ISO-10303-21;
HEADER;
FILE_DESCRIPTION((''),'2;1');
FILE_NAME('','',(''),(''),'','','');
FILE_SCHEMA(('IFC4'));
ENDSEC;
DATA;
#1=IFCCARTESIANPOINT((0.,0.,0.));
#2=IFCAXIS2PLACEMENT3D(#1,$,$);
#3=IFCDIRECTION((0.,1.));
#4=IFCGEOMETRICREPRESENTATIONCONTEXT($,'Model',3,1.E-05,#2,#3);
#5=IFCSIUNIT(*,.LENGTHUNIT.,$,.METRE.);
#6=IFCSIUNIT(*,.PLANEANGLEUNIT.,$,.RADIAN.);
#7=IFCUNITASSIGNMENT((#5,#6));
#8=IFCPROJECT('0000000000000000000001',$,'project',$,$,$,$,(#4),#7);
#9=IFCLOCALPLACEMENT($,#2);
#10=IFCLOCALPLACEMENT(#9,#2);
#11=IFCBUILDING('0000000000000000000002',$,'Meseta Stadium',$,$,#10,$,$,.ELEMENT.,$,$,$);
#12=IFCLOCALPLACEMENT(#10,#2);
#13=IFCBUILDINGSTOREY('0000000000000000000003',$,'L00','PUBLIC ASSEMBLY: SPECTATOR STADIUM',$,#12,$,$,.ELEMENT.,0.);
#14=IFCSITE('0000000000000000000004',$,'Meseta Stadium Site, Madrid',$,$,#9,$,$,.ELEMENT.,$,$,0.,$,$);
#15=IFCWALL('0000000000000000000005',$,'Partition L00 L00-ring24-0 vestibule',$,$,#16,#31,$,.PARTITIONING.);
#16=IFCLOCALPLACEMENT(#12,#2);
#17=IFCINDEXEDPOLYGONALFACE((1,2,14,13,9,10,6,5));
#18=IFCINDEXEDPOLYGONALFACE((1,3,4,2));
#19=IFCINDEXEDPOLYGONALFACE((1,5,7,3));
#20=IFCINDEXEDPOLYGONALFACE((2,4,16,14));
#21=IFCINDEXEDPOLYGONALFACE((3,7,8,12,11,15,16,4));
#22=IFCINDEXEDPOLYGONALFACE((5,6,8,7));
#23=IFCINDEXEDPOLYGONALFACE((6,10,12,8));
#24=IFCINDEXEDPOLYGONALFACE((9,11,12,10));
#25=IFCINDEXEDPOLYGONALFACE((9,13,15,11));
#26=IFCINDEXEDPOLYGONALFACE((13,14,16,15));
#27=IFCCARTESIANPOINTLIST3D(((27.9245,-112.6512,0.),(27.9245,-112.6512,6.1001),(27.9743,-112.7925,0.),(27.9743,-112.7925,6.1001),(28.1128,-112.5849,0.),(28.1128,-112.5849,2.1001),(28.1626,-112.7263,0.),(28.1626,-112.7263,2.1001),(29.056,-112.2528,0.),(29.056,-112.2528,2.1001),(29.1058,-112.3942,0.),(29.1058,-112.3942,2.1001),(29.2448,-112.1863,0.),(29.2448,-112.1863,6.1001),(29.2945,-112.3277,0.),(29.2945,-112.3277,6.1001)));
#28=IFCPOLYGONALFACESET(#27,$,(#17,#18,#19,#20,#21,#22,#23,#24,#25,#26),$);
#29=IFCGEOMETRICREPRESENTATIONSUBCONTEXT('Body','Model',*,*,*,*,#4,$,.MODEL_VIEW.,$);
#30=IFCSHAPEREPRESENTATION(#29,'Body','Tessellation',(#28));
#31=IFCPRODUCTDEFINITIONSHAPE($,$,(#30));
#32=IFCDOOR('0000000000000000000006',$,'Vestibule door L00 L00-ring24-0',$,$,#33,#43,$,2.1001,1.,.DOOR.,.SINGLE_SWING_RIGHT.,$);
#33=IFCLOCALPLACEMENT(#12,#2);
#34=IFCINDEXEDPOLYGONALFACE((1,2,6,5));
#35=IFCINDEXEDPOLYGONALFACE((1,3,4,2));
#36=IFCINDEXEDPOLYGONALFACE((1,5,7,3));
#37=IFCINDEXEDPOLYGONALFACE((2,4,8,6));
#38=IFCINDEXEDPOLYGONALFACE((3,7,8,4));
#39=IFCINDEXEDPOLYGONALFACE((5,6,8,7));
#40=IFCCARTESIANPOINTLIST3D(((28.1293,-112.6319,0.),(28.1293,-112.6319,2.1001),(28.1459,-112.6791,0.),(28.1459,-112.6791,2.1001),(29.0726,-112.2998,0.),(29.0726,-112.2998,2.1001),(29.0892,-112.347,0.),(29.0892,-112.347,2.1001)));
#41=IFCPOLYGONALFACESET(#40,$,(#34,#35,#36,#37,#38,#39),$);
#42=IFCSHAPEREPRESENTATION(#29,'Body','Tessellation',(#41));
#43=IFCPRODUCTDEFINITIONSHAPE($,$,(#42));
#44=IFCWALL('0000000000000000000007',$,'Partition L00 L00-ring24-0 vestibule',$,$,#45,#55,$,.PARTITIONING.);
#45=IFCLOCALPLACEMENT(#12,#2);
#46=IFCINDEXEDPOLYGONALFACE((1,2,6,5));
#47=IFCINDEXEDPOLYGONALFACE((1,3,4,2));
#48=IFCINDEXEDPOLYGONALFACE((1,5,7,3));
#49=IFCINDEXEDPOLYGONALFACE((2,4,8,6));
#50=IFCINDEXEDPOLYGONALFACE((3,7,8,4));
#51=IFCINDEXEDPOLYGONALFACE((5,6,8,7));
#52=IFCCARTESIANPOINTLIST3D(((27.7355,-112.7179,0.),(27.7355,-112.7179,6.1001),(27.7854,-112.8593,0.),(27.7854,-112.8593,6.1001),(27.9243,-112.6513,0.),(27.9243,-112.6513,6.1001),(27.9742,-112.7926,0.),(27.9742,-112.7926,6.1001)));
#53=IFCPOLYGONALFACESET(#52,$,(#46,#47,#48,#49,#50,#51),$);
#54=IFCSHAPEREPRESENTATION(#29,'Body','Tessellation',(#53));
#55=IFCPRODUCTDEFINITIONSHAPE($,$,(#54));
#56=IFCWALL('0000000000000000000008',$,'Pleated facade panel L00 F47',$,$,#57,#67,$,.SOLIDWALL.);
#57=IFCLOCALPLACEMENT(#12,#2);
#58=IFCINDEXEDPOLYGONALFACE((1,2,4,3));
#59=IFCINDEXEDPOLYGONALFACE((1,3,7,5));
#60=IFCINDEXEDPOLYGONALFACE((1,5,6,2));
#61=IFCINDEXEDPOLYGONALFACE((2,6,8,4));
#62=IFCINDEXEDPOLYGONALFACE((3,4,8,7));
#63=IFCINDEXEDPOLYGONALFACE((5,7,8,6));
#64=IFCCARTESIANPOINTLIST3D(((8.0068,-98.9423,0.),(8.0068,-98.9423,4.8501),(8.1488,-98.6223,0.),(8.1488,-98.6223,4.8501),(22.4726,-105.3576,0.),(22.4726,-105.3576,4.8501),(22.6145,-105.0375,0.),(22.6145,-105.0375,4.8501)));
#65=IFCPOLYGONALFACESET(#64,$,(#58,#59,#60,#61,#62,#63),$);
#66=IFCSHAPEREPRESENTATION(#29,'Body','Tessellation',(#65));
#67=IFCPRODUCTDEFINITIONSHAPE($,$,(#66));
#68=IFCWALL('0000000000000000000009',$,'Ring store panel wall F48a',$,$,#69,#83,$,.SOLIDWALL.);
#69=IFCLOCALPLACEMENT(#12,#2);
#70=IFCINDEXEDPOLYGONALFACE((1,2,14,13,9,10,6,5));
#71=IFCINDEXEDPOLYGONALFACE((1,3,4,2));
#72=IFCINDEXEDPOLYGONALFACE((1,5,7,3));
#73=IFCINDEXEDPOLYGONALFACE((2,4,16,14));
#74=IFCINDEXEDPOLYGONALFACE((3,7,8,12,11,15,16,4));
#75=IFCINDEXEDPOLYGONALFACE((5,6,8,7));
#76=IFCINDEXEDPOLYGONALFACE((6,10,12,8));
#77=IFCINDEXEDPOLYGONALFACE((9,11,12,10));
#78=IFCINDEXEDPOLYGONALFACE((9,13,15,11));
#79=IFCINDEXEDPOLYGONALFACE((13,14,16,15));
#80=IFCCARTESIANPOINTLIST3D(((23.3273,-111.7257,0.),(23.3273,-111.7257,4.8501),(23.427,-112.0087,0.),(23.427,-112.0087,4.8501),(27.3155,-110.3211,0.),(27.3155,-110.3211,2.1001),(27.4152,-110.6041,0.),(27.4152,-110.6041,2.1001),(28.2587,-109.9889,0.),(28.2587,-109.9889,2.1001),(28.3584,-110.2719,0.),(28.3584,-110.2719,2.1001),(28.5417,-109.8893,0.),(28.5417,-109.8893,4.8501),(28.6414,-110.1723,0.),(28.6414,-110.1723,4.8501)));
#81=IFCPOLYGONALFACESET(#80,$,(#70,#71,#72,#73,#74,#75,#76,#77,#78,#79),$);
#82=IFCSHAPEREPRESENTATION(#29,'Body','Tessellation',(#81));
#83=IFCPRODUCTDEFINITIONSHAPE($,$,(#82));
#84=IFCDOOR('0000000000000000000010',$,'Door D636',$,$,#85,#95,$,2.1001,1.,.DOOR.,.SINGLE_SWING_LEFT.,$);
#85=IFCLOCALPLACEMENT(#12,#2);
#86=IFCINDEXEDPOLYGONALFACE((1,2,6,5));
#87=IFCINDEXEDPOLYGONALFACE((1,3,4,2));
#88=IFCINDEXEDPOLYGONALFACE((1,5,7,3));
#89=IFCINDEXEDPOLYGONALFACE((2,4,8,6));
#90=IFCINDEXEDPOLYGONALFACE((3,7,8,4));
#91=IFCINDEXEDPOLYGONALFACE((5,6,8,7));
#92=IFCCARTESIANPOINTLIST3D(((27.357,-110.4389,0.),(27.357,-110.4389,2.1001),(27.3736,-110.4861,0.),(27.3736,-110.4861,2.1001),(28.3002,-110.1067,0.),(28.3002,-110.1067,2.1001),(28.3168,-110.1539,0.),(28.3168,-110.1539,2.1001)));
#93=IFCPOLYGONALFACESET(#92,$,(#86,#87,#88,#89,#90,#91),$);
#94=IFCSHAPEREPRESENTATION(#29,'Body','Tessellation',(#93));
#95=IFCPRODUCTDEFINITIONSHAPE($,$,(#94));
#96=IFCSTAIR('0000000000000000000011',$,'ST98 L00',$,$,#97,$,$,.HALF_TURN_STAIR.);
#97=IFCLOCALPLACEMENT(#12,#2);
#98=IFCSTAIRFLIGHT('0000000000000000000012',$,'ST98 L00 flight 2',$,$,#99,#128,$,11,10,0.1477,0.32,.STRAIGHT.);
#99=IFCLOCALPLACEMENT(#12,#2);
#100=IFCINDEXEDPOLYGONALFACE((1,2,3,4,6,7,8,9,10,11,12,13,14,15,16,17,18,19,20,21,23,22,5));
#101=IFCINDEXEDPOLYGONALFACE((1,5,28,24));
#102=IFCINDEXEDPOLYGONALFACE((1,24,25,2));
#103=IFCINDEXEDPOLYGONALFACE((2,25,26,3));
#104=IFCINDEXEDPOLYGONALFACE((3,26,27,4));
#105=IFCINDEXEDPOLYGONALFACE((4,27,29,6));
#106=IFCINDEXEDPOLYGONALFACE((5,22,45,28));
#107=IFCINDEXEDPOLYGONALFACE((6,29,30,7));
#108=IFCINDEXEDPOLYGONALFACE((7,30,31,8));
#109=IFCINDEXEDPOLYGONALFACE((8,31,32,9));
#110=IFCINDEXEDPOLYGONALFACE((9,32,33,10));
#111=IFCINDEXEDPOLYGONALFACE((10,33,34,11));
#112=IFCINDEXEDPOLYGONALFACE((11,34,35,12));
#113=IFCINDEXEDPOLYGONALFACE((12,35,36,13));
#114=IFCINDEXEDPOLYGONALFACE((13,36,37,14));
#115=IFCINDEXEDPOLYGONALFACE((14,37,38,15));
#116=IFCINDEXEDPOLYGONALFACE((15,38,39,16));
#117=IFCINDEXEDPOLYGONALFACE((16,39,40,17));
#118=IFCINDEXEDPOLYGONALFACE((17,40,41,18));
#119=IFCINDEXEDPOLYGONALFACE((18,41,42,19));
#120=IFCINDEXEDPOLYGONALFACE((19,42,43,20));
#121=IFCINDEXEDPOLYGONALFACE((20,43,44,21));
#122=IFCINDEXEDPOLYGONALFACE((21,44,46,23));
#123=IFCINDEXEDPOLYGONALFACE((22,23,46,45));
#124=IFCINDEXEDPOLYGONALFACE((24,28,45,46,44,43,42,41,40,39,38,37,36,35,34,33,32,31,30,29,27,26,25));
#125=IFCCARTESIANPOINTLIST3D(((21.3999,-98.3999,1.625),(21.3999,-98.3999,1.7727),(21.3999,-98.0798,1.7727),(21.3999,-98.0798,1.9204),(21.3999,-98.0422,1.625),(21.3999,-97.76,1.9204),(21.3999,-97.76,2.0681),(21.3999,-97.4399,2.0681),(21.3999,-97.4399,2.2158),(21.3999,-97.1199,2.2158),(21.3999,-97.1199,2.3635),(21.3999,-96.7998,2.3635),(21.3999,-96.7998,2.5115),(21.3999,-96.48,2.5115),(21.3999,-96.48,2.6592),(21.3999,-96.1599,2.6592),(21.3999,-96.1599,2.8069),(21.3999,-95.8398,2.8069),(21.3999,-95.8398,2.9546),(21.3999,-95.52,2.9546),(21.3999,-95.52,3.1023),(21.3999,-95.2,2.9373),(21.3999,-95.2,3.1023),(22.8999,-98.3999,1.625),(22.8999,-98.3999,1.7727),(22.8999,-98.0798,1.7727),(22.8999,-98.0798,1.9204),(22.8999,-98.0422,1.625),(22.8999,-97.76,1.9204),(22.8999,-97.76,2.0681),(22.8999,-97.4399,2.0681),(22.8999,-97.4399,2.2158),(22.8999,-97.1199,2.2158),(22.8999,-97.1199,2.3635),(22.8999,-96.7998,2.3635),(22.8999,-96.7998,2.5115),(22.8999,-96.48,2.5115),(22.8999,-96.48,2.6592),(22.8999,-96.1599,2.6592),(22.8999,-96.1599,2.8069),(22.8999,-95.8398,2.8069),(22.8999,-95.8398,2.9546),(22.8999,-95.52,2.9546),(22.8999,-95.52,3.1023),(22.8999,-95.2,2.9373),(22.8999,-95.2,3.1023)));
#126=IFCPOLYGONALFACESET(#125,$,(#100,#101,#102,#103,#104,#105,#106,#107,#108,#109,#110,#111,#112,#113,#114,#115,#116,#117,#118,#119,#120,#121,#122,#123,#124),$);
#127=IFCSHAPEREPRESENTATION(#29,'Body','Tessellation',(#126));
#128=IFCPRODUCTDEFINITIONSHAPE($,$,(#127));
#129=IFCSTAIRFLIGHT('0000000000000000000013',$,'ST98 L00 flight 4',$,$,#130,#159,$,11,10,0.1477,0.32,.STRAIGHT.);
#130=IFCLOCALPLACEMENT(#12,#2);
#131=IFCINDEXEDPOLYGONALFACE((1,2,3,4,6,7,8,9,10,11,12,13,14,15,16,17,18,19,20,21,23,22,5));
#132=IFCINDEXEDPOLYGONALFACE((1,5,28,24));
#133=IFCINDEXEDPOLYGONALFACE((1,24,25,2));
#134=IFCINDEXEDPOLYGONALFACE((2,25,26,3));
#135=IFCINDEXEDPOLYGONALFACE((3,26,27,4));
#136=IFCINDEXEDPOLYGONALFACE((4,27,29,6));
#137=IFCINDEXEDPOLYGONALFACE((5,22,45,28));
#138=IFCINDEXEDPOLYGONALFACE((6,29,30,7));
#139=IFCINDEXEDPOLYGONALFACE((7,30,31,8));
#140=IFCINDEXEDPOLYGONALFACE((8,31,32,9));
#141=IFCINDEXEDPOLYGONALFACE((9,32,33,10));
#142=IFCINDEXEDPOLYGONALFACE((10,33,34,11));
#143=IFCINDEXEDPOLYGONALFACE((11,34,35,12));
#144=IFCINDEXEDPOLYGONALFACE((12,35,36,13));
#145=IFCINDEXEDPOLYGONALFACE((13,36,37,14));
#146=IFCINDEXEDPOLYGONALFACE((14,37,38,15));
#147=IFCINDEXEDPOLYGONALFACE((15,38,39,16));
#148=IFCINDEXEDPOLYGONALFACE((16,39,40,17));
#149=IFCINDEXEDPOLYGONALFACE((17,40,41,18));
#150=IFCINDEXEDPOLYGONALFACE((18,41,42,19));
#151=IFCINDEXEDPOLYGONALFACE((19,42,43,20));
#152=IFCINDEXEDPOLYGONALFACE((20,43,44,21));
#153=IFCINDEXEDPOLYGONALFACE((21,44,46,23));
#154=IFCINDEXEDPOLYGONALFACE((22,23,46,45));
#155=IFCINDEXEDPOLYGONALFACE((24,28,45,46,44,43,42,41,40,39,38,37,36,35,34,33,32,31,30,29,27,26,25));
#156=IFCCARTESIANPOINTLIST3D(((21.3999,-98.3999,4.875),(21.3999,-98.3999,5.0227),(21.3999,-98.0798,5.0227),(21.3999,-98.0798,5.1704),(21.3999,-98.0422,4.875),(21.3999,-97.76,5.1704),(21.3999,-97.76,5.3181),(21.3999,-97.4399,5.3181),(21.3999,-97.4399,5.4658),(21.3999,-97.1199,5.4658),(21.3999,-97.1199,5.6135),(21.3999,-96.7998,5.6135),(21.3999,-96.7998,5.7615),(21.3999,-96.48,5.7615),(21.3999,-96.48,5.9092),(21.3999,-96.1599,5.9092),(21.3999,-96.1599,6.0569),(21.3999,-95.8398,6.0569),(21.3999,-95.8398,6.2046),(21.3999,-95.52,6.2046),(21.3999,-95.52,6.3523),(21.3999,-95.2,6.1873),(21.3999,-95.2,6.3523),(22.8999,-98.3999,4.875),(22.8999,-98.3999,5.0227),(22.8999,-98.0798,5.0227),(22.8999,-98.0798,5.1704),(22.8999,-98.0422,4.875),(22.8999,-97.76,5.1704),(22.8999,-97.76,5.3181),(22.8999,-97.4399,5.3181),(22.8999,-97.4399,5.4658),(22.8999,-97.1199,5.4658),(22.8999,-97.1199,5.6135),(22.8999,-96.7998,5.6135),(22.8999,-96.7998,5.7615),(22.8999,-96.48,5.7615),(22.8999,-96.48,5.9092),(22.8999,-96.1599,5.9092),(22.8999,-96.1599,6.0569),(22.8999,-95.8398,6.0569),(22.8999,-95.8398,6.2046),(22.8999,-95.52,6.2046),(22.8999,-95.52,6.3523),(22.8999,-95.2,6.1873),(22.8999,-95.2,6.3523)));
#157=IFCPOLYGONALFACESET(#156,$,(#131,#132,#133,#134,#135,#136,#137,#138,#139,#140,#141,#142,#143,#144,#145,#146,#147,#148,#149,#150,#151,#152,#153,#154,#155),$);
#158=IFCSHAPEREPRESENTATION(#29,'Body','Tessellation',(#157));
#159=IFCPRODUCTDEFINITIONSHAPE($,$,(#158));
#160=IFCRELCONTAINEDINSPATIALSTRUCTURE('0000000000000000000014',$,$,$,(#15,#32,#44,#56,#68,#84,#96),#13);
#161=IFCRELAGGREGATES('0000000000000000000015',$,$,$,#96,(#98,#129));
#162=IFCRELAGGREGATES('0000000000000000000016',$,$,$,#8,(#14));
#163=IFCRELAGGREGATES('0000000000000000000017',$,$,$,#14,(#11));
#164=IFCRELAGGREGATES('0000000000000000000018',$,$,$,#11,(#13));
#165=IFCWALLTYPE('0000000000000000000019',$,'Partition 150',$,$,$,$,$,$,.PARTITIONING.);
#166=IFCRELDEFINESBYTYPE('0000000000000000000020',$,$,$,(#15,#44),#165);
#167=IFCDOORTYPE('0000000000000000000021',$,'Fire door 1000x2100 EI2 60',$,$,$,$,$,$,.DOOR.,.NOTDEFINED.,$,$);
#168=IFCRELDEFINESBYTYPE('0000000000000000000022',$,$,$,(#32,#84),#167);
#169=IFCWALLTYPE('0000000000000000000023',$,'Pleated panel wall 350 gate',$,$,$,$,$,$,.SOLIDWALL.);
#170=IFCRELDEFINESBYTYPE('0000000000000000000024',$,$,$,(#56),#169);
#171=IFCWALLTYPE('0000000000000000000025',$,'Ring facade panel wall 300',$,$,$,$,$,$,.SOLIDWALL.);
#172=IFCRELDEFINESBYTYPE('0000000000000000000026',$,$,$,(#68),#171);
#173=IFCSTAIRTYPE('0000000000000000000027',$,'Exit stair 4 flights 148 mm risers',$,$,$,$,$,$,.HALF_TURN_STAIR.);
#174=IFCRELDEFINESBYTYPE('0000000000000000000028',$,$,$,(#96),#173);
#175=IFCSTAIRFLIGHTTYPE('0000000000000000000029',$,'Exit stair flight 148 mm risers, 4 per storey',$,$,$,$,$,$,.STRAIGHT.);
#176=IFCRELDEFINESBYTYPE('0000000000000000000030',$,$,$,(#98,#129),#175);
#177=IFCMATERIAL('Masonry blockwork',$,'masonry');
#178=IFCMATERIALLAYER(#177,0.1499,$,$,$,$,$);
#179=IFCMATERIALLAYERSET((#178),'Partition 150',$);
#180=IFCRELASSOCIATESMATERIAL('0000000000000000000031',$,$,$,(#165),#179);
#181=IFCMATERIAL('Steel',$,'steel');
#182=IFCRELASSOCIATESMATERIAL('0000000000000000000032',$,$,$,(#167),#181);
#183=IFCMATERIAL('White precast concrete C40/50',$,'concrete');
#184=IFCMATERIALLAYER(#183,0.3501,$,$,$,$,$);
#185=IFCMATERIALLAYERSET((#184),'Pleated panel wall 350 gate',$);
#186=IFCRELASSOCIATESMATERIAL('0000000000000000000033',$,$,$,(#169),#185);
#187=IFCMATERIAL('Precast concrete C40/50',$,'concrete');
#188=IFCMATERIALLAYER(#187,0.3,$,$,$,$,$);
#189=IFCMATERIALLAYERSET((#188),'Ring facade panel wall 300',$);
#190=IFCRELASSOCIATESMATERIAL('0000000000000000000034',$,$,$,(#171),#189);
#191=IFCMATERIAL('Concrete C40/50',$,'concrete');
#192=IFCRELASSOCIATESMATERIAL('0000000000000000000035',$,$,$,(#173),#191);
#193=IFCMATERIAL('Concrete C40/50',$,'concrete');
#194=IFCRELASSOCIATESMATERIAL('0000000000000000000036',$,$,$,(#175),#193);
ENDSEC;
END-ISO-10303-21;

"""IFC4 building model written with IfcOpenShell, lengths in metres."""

from ifc_helpers import new_model, si_unit, direction, frame, frame_2d, origin, place, context, subcontext, project, spatial, polyline, rectangle, outline, extrude, material, layer, layer_set, type_object, element, fill, aggregate, save


model = new_model("IFC4")

# Units and contexts
model_context = context("Model", 3, precision=1e-05, world=origin(), true_north=direction((0.0, 1.0)))
body_context = subcontext(model_context, "Body", "Model", "MODEL_VIEW")
ifc_project = project(units=[si_unit("LENGTHUNIT", "METRE"), si_unit("PLANEANGLEUNIT", "RADIAN")], contexts=[model_context])

# Site, building, storey
site_placement = place(None, origin())
site = spatial("IfcSite", under=ifc_project, at=site_placement, Name="Meseta Stadium Site, Madrid", CompositionType="ELEMENT", RefElevation=0.0)
building_placement = place(site_placement, origin())
building = spatial("IfcBuilding", under=site, at=building_placement, Name="Meseta Stadium", CompositionType="ELEMENT")
storey_placement = place(building_placement, origin())
storey = spatial("IfcBuildingStorey", under=building, at=storey_placement, Name="L00", Description="PUBLIC ASSEMBLY: SPECTATOR STADIUM", CompositionType="ELEMENT", Elevation=0.0)

# Shared definitions
ifc_material_1 = material(Name="Masonry blockwork", Category="masonry")
ifc_layer_1 = layer(ifc_material_1, 0.1499)
ifc_layer_set_1 = layer_set([ifc_layer_1], Name="Partition 150")
wall_type_1 = type_object("IfcWallType", Name="Partition 150", PredefinedType="PARTITIONING", material=ifc_layer_set_1)

# Wall, opening, door
wall_1_placement = place(storey_placement, frame((29.2695, -112.2571, 0.0), z_axis=(0.0, 0.0, 1.0), x_axis=(-0.943248, -0.33209, 0.0)))
wall_1 = element("IfcWall", 1, at=wall_1_placement, inside=storey, type_object=wall_type_1, Name="Partition L00 L00-ring24-0 vestibule", PredefinedType="PARTITIONING", context=body_context, shape_type="SweptSolid", body=[
    extrude(rectangle(XDim=1.3997, YDim=0.1499, at=frame_2d((0.6997, 0.0))), origin(), (0.0, 0.0, 1.0), 6.1001),
])
opening_1_placement = place(wall_1_placement, frame((0.2, 0.0, 0.0)))
opening_1 = element("IfcOpeningElement", 2, at=opening_1_placement, cuts=wall_1, PredefinedType="OPENING", context=body_context, shape_type="SweptSolid", body=[
    extrude(rectangle(XDim=1.0, YDim=2.1001, at=frame_2d((0.5, 1.05))), frame((0.0, 0.085, 0.0), z_axis=(0.0, -1.0, 0.0), x_axis=(1.0, 0.0, 0.0)), (0.0, 0.0, 1.0), 0.1699),
])
ifc_material_2 = material(Name="Steel", Category="steel")
door_type = type_object("IfcDoorType", Name="Fire door 1000x2100 EI2 60", OperationType="NOTDEFINED", PredefinedType="DOOR", material=ifc_material_2)
door_1_placement = place(opening_1_placement, origin())
door_1 = element("IfcDoor", 3, at=door_1_placement, inside=storey, type_object=door_type, Name="Vestibule door L00 L00-ring24-0", OperationType="SINGLE_SWING_RIGHT", OverallHeight=2.1001, OverallWidth=1.0, PredefinedType="DOOR", context=body_context, shape_type="SweptSolid", body=[
    extrude(rectangle(XDim=1.0, YDim=2.1001, at=frame_2d((0.5, 1.05))), frame((0.0, 0.0249, 0.0), z_axis=(0.0, -1.0, 0.0), x_axis=(1.0, 0.0, 0.0)), (0.0, 0.0, 1.0), 0.05),
])
fill(opening_1, door_1)

# Walls
wall_2_placement = place(storey_placement, frame((27.9492, -112.7219, 0.0), z_axis=(0.0, 0.0, 1.0), x_axis=(-0.942923, -0.333012, 0.0)))
element("IfcWall", 4, at=wall_2_placement, inside=storey, type_object=wall_type_1, Name="Partition L00 L00-ring24-0 vestibule", PredefinedType="PARTITIONING", context=body_context, shape_type="SweptSolid", body=[
    extrude(rectangle(XDim=0.2002, YDim=0.1499, at=frame_2d((0.1001, 0.0))), origin(), (0.0, 0.0, 1.0), 6.1001),
])
ifc_material_3 = material(Name="White precast concrete C40/50", Category="concrete")
ifc_layer_2 = layer(ifc_material_3, 0.3501)
ifc_layer_set_2 = layer_set([ifc_layer_2], Name="Pleated panel wall 350 gate")
wall_type_2 = type_object("IfcWallType", Name="Pleated panel wall 350 gate", PredefinedType="SOLIDWALL", material=ifc_layer_set_2)
wall_3_placement = place(storey_placement, frame((22.5435, -105.1975, 0.0), z_axis=(0.0, 0.0, 1.0), x_axis=(-0.914139, 0.405401, 0.0)))
element("IfcWall", 5, at=wall_3_placement, inside=storey, type_object=wall_type_2, Name="Pleated facade panel L00 F47", PredefinedType="SOLIDWALL", context=body_context, shape_type="SweptSolid", body=[
    extrude(rectangle(XDim=15.8245, YDim=0.3501, at=frame_2d((7.9121, 0.0))), origin(), (0.0, 0.0, 1.0), 4.8501),
])

# Wall, opening, door
ifc_material_4 = material(Name="Precast concrete C40/50", Category="concrete")
ifc_layer_3 = layer(ifc_material_4, 0.3)
ifc_layer_set_3 = layer_set([ifc_layer_3], Name="Ring facade panel wall 300")
wall_type_3 = type_object("IfcWallType", Name="Ring facade panel wall 300", PredefinedType="SOLIDWALL", material=ifc_layer_set_3)
wall_4_placement = place(storey_placement, frame((28.5916, -110.0308, 0.0), z_axis=(0.0, 0.0, 1.0), x_axis=(-0.943214, -0.332187, 0.0)))
wall_4 = element("IfcWall", 6, at=wall_4_placement, inside=storey, type_object=wall_type_3, Name="Ring store panel wall F48a", PredefinedType="SOLIDWALL", context=body_context, shape_type="SweptSolid", body=[
    extrude(rectangle(XDim=5.5283, YDim=0.3, at=frame_2d((2.7642, 0.0))), origin(), (0.0, 0.0, 1.0), 4.8501),
])
opening_2_placement = place(wall_4_placement, frame((0.3, 0.0, 0.0)))
opening_2 = element("IfcOpeningElement", 7, at=opening_2_placement, cuts=wall_4, PredefinedType="OPENING", context=body_context, shape_type="SweptSolid", body=[
    extrude(rectangle(XDim=1.0, YDim=2.1001, at=frame_2d((0.5, 1.05))), frame((0.0, 0.1599, 0.0), z_axis=(0.0, -1.0, 0.0), x_axis=(1.0, 0.0, 0.0)), (0.0, 0.0, 1.0), 0.3201),
])
door_2_placement = place(opening_2_placement, origin())
door_2 = element("IfcDoor", 8, at=door_2_placement, inside=storey, type_object=door_type, Name="Door D636", OperationType="SINGLE_SWING_LEFT", OverallHeight=2.1001, OverallWidth=1.0, PredefinedType="DOOR", context=body_context, shape_type="SweptSolid", body=[
    extrude(rectangle(XDim=1.0, YDim=2.1001, at=frame_2d((0.5, 1.05))), frame((0.0, 0.0249, 0.0), z_axis=(0.0, -1.0, 0.0), x_axis=(1.0, 0.0, 0.0)), (0.0, 0.0, 1.0), 0.05),
])
fill(opening_2, door_2)

# Stair, stair flights
ifc_material_5 = material(Name="Concrete C40/50", Category="concrete")
stair_type = type_object("IfcStairType", Name="Exit stair 4 flights 148 mm risers", PredefinedType="HALF_TURN_STAIR", material=ifc_material_5)
stair_placement = place(storey_placement, origin())
stair = element("IfcStair", 9, at=stair_placement, inside=storey, type_object=stair_type, Name="ST98 L00", PredefinedType="HALF_TURN_STAIR")
ifc_material_6 = material(Name="Concrete C40/50", Category="concrete")
stair_flight_type = type_object("IfcStairFlightType", Name="Exit stair flight 148 mm risers, 4 per storey", PredefinedType="STRAIGHT", material=ifc_material_6)
stair_flight_1_placement = place(storey_placement, frame((22.1499, -98.3999, 1.625), z_axis=(0.0, 0.0, 1.0), x_axis=(0.0, 1.0, 0.0)))
stair_flight_1 = element("IfcStairFlight", 10, at=stair_flight_1_placement, type_object=stair_flight_type, Name="ST98 L00 flight 2", NumberOfRisers=11, NumberOfTreads=10, PredefinedType="STRAIGHT", RiserHeight=0.1477, TreadLength=0.32, context=body_context, shape_type="SweptSolid", body=[
    extrude(outline(polyline([(0.0, 0.0), (0.0, 0.1477), (0.3201, 0.1477), (0.3201, 0.2954), (0.6399, 0.2954), (0.6399, 0.4431), (0.96, 0.4431), (0.96, 0.5908), (1.28, 0.5908), (1.28, 0.7385), (1.6001, 0.7385), (1.6001, 0.8865), (1.9199, 0.8865), (1.9199, 1.0342), (2.24, 1.0342), (2.24, 1.1819), (2.5601, 1.1819), (2.5601, 1.3296), (2.8799, 1.3296), (2.8799, 1.4773), (3.2, 1.4773), (3.2, 1.3123), (0.3577, 0.0), (0.0, 0.0)])), frame((0.0, 0.75, 0.0), z_axis=(0.0, -1.0, 0.0), x_axis=(1.0, 0.0, 0.0)), (0.0, 0.0, 1.0), 1.5),
])
stair_flight_2_placement = place(storey_placement, frame((22.1499, -98.3999, 4.875), z_axis=(0.0, 0.0, 1.0), x_axis=(0.0, 1.0, 0.0)))
stair_flight_2 = element("IfcStairFlight", 11, at=stair_flight_2_placement, type_object=stair_flight_type, Name="ST98 L00 flight 4", NumberOfRisers=11, NumberOfTreads=10, PredefinedType="STRAIGHT", RiserHeight=0.1477, TreadLength=0.32, context=body_context, shape_type="SweptSolid", body=[
    extrude(outline(polyline([(0.0, 0.0), (0.0, 0.1477), (0.3201, 0.1477), (0.3201, 0.2954), (0.6399, 0.2954), (0.6399, 0.4431), (0.96, 0.4431), (0.96, 0.5908), (1.28, 0.5908), (1.28, 0.7385), (1.6001, 0.7385), (1.6001, 0.8865), (1.9199, 0.8865), (1.9199, 1.0342), (2.24, 1.0342), (2.24, 1.1819), (2.5601, 1.1819), (2.5601, 1.3296), (2.8799, 1.3296), (2.8799, 1.4773), (3.2, 1.4773), (3.2, 1.3123), (0.3577, 0.0), (0.0, 0.0)])), frame((0.0, 0.75, 0.0), z_axis=(0.0, -1.0, 0.0), x_axis=(1.0, 0.0, 0.0)), (0.0, 0.0, 1.0), 1.5),
])
aggregate(stair, [stair_flight_1, stair_flight_2])

save(model, "model.ifc")
